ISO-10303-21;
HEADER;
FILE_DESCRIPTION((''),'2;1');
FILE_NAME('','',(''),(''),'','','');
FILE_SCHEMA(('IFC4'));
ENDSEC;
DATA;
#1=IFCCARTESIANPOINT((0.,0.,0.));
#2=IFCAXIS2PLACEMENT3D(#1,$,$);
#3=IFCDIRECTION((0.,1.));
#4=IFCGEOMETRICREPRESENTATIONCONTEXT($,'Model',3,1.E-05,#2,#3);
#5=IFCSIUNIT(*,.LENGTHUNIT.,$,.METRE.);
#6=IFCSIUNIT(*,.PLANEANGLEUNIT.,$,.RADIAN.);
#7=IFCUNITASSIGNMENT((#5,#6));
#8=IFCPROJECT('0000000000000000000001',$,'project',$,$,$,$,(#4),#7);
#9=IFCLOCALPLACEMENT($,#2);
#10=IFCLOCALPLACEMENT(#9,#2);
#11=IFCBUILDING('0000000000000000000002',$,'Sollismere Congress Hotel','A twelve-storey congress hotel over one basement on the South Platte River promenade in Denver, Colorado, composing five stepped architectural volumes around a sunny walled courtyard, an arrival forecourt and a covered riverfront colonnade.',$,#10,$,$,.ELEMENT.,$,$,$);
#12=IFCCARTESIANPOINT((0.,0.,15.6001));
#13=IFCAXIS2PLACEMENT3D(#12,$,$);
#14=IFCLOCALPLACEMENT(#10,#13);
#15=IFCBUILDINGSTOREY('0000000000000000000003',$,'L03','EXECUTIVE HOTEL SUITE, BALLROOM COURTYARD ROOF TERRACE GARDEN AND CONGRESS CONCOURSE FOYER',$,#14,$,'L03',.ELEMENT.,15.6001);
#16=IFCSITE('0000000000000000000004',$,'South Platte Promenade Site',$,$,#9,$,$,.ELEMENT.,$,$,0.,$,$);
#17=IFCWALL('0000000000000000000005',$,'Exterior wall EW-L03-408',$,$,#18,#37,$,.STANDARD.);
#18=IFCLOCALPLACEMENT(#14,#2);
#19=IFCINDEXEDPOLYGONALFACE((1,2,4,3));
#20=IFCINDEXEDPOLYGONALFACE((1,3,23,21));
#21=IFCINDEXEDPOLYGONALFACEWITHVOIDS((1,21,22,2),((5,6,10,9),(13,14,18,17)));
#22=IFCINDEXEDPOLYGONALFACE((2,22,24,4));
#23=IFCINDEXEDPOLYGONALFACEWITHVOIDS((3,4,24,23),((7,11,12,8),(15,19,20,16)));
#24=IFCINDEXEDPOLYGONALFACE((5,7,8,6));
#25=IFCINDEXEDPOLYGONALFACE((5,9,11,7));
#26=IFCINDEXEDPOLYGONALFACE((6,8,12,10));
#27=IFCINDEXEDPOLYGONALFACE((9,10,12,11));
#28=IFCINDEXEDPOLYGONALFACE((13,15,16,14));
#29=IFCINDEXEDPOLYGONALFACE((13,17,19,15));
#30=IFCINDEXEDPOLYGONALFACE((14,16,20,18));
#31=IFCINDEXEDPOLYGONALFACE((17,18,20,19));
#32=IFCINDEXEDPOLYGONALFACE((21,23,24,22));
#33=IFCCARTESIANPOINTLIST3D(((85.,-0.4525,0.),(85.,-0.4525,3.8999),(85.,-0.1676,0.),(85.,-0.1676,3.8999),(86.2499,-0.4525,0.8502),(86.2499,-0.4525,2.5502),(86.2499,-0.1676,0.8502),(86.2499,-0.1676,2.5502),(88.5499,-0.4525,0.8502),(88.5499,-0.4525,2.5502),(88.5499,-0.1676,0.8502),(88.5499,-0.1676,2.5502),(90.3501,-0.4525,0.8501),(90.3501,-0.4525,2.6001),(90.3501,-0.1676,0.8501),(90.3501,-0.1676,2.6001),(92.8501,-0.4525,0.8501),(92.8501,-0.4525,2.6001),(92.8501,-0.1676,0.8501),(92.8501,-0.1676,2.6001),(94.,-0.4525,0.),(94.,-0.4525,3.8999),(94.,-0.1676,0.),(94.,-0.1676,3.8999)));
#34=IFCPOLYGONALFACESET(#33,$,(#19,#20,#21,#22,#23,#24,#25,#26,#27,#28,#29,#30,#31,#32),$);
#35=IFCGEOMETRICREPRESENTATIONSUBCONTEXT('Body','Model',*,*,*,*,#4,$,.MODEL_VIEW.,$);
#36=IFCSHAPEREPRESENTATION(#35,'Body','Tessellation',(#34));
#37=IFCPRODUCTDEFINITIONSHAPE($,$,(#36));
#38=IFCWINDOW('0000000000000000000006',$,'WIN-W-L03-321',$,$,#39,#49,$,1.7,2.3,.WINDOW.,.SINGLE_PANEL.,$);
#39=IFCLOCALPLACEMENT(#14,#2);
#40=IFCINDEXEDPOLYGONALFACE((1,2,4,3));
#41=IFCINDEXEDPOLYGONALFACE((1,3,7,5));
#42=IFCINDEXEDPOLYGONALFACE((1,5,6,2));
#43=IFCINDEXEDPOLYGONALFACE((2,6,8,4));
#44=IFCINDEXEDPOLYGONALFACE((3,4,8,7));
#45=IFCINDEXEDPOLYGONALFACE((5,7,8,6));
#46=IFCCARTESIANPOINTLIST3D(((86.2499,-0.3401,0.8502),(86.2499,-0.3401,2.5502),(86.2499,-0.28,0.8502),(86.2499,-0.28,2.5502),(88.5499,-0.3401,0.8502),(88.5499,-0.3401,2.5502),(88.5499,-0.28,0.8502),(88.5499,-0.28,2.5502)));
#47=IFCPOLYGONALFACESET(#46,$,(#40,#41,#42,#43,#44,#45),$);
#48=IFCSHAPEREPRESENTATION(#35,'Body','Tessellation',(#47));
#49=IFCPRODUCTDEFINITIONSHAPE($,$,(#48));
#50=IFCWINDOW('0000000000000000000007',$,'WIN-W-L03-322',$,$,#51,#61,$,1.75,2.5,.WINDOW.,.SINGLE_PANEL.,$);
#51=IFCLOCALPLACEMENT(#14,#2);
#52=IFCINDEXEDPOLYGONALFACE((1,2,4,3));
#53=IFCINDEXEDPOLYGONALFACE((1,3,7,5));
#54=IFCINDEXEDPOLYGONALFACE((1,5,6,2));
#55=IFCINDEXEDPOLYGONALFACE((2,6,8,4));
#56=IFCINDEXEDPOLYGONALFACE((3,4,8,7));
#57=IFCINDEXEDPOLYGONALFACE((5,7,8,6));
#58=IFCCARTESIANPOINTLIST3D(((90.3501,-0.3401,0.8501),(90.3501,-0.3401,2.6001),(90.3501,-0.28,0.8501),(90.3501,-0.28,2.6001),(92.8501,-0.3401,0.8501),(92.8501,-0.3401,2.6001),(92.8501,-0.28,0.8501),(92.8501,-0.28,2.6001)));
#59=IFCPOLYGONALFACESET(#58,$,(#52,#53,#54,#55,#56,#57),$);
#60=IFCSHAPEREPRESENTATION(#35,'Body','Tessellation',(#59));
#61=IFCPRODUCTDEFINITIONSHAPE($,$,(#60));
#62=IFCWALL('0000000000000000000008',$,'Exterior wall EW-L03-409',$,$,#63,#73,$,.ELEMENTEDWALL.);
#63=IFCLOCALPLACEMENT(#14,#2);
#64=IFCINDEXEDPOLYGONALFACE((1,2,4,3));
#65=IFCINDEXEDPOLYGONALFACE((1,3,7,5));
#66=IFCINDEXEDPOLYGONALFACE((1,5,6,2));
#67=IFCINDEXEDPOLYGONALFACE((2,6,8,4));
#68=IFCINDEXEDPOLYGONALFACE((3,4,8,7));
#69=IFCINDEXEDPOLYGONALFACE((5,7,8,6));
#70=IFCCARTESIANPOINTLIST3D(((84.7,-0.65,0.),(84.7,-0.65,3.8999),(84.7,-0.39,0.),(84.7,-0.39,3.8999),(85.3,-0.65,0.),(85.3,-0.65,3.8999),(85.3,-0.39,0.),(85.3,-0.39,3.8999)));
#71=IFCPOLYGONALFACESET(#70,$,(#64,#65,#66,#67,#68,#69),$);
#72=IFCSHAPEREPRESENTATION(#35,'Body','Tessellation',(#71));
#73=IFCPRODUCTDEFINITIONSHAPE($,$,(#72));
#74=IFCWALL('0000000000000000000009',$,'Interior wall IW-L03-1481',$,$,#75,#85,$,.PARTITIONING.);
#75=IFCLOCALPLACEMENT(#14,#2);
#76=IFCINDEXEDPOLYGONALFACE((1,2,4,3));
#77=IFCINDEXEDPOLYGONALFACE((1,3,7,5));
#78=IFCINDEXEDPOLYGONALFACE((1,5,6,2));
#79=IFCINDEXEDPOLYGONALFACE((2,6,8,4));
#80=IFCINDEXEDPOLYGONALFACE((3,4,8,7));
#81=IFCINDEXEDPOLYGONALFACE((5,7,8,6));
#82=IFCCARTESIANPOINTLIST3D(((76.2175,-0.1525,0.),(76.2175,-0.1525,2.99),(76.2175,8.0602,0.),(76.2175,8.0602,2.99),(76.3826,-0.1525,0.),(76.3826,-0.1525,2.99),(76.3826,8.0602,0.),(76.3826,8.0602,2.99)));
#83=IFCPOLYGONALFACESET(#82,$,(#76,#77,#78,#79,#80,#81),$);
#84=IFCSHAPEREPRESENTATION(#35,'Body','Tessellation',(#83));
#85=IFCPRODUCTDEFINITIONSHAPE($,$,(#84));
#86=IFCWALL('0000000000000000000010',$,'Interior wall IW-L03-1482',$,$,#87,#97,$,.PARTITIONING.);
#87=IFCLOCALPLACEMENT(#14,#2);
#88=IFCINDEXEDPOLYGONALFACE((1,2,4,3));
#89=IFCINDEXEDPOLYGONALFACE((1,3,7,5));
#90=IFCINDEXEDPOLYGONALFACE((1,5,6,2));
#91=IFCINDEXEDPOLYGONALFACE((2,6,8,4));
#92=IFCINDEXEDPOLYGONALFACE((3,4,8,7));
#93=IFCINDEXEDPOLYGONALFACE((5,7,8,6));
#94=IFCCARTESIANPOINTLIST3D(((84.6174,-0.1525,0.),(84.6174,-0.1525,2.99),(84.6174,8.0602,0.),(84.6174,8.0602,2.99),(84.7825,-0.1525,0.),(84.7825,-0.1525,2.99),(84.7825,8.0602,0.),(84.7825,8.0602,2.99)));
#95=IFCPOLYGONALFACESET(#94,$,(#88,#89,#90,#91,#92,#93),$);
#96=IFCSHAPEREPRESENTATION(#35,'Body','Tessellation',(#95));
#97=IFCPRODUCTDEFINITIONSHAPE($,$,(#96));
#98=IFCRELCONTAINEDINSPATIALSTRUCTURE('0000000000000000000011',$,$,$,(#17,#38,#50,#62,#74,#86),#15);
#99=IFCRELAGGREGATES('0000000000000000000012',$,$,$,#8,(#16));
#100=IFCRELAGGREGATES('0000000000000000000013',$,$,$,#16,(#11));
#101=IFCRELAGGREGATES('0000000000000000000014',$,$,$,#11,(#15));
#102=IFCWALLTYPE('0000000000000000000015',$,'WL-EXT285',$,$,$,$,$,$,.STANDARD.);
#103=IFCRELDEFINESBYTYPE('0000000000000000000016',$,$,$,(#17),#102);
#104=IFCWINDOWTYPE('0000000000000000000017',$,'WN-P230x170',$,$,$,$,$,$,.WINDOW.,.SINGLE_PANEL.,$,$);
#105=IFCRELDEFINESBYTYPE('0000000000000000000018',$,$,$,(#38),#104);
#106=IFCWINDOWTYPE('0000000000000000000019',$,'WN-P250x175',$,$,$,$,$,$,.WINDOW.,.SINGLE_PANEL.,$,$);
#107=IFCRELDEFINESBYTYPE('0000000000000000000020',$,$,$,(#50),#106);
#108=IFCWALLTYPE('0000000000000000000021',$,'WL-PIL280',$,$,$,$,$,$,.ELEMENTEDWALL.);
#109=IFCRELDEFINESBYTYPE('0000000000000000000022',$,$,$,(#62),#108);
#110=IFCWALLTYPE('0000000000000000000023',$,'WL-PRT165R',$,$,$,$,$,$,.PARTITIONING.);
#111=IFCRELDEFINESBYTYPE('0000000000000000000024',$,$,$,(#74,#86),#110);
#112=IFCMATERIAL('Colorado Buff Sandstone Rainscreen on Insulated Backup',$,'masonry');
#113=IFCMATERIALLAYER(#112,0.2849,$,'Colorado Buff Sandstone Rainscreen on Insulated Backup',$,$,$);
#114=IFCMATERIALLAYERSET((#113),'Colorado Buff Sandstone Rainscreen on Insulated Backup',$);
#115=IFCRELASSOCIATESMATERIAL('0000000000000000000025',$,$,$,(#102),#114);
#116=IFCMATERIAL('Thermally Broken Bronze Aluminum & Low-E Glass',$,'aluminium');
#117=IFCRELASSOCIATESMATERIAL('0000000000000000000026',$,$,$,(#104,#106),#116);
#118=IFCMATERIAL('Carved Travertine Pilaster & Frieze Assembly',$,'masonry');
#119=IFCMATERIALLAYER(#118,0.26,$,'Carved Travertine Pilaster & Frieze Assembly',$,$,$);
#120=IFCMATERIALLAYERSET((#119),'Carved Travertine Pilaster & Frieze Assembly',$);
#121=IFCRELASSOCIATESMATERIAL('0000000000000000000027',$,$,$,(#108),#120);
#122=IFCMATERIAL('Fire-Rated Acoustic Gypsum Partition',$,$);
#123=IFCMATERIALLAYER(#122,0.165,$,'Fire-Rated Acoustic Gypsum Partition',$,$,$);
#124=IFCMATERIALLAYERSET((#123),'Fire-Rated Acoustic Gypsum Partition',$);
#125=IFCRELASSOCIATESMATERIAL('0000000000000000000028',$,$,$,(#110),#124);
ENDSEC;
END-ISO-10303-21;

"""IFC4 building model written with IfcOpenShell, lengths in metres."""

from ifc_helpers import new_model, si_unit, direction, frame, frame_2d, origin, place, context, subcontext, project, spatial, rectangle, extrude, material, layer, layer_set, type_object, element, fill, save


model = new_model("IFC4")

# Units and contexts
model_context = context("Model", 3, precision=1e-05, world=origin(), true_north=direction((0.0, 1.0)))
body_context = subcontext(model_context, "Body", "Model", "MODEL_VIEW")
ifc_project = project(units=[si_unit("LENGTHUNIT", "METRE"), si_unit("PLANEANGLEUNIT", "RADIAN")], contexts=[model_context])

# Site, building, storey
site_placement = place(None, origin())
site = spatial("IfcSite", under=ifc_project, at=site_placement, Name="South Platte Promenade Site", CompositionType="ELEMENT", RefElevation=0.0)
building_placement = place(site_placement, origin())
building = spatial("IfcBuilding", under=site, at=building_placement, Name="Sollismere Congress Hotel", Description="A twelve-storey congress hotel over one basement on the South Platte River promenade in Denver, Colorado, composing five stepped architectural volumes around a sunny walled courtyard, an arrival forecourt and a covered riverfront colonnade.", CompositionType="ELEMENT")
storey_placement = place(building_placement, frame((0.0, 0.0, 15.6001)))
storey = spatial("IfcBuildingStorey", under=building, at=storey_placement, Name="L03", Description="EXECUTIVE HOTEL SUITE, BALLROOM COURTYARD ROOF TERRACE GARDEN AND CONGRESS CONCOURSE FOYER", LongName="L03", CompositionType="ELEMENT", Elevation=15.6001)

# Shared definitions
ifc_material_1 = material(Name="Colorado Buff Sandstone Rainscreen on Insulated Backup", Category="masonry")
ifc_layer_1 = layer(ifc_material_1, 0.2849, Name="Colorado Buff Sandstone Rainscreen on Insulated Backup")
ifc_layer_set_1 = layer_set([ifc_layer_1], Name="Colorado Buff Sandstone Rainscreen on Insulated Backup")
wall_type_1 = type_object("IfcWallType", Name="WL-EXT285", PredefinedType="STANDARD", material=ifc_layer_set_1)
ifc_material_2 = material(Name="Thermally Broken Bronze Aluminum & Low-E Glass", Category="aluminium")

# Wall, openings, windows
wall_1_placement = place(storey_placement, frame((85.0, -0.3101, 0.0), z_axis=(0.0, 0.0, 1.0), x_axis=(1.0, 0.0, 0.0)))
wall_1 = element("IfcWall", 1, at=wall_1_placement, inside=storey, type_object=wall_type_1, Name="Exterior wall EW-L03-408", PredefinedType="STANDARD", context=body_context, shape_type="SweptSolid", body=[
    extrude(rectangle(XDim=9.0, YDim=0.2849, at=frame_2d((4.5, 0.0))), origin(), (0.0, 0.0, 1.0), 3.8999),
])
opening_1_placement = place(wall_1_placement, frame((1.25, 0.0, 0.8501)))
opening_1 = element("IfcOpeningElement", 2, at=opening_1_placement, cuts=wall_1, PredefinedType="OPENING", context=body_context, shape_type="SweptSolid", body=[
    extrude(rectangle(XDim=2.3, YDim=1.7, at=frame_2d((1.1499, 0.8501))), frame((0.0, 0.1523, 0.0), z_axis=(0.0, -1.0, 0.0), x_axis=(1.0, 0.0, 0.0)), (0.0, 0.0, 1.0), 0.3049),
])
opening_2_placement = place(wall_1_placement, frame((5.3501, 0.0, 0.8501)))
opening_2 = element("IfcOpeningElement", 3, at=opening_2_placement, cuts=wall_1, PredefinedType="OPENING", context=body_context, shape_type="SweptSolid", body=[
    extrude(rectangle(XDim=2.5, YDim=1.75, at=frame_2d((1.25, 0.875))), frame((0.0, 0.1523, 0.0), z_axis=(0.0, -1.0, 0.0), x_axis=(1.0, 0.0, 0.0)), (0.0, 0.0, 1.0), 0.3049),
])
window_type_1 = type_object("IfcWindowType", Name="WN-P230x170", PartitioningType="SINGLE_PANEL", PredefinedType="WINDOW", material=ifc_material_2)
window_1_placement = place(opening_1_placement, origin())
window_1 = element("IfcWindow", 4, at=window_1_placement, inside=storey, type_object=window_type_1, Name="WIN-W-L03-321", OverallHeight=1.7, OverallWidth=2.3, PartitioningType="SINGLE_PANEL", PredefinedType="WINDOW", context=body_context, shape_type="SweptSolid", body=[
    extrude(rectangle(XDim=2.3, YDim=1.7, at=frame_2d((1.1499, 0.8501))), frame((0.0, 0.03, 0.0), z_axis=(0.0, -1.0, 0.0), x_axis=(1.0, 0.0, 0.0)), (0.0, 0.0, 1.0), 0.0601),
])
fill(opening_1, window_1)
window_type_2 = type_object("IfcWindowType", Name="WN-P250x175", PartitioningType="SINGLE_PANEL", PredefinedType="WINDOW", material=ifc_material_2)
window_2_placement = place(opening_2_placement, origin())
window_2 = element("IfcWindow", 5, at=window_2_placement, inside=storey, type_object=window_type_2, Name="WIN-W-L03-322", OverallHeight=1.75, OverallWidth=2.5, PartitioningType="SINGLE_PANEL", PredefinedType="WINDOW", context=body_context, shape_type="SweptSolid", body=[
    extrude(rectangle(XDim=2.5, YDim=1.75, at=frame_2d((1.25, 0.875))), frame((0.0, 0.03, 0.0), z_axis=(0.0, -1.0, 0.0), x_axis=(1.0, 0.0, 0.0)), (0.0, 0.0, 1.0), 0.0601),
])
fill(opening_2, window_2)

# Walls
ifc_material_3 = material(Name="Carved Travertine Pilaster & Frieze Assembly", Category="masonry")
ifc_layer_2 = layer(ifc_material_3, 0.26, Name="Carved Travertine Pilaster & Frieze Assembly")
ifc_layer_set_2 = layer_set([ifc_layer_2], Name="Carved Travertine Pilaster & Frieze Assembly")
wall_type_2 = type_object("IfcWallType", Name="WL-PIL280", PredefinedType="ELEMENTEDWALL", material=ifc_layer_set_2)
wall_2_placement = place(storey_placement, frame((84.7, -0.52, 0.0), z_axis=(0.0, 0.0, 1.0), x_axis=(1.0, 0.0, 0.0)))
element("IfcWall", 6, at=wall_2_placement, inside=storey, type_object=wall_type_2, Name="Exterior wall EW-L03-409", PredefinedType="ELEMENTEDWALL", context=body_context, shape_type="SweptSolid", body=[
    extrude(rectangle(XDim=0.6001, YDim=0.26, at=frame_2d((0.3, 0.0))), origin(), (0.0, 0.0, 1.0), 3.8999),
])
ifc_material_4 = material(Name="Fire-Rated Acoustic Gypsum Partition")
ifc_layer_3 = layer(ifc_material_4, 0.165, Name="Fire-Rated Acoustic Gypsum Partition")
ifc_layer_set_3 = layer_set([ifc_layer_3], Name="Fire-Rated Acoustic Gypsum Partition")
wall_type_3 = type_object("IfcWallType", Name="WL-PRT165R", PredefinedType="PARTITIONING", material=ifc_layer_set_3)
for number, where, z_axis, x_axis, name in (
    (7, (76.3, -0.1526, 0.0), (0.0, 0.0, 1.0), (0.0, 1.0, 0.0), "Interior wall IW-L03-1481"),
    (8, (84.7, -0.1526, 0.0), (0.0, 0.0, 1.0), (0.0, 1.0, 0.0), "Interior wall IW-L03-1482"),
):
    element("IfcWall", number, at=place(storey_placement, frame(where, z_axis=z_axis, x_axis=x_axis)), inside=storey, type_object=wall_type_3, Name=name, PredefinedType="PARTITIONING", context=body_context, shape_type="SweptSolid", body=[
        extrude(rectangle(XDim=8.2126, YDim=0.165, at=frame_2d((4.1064, 0.0))), origin(), (0.0, 0.0, 1.0), 2.99),
    ])

save(model, "model.ifc")
